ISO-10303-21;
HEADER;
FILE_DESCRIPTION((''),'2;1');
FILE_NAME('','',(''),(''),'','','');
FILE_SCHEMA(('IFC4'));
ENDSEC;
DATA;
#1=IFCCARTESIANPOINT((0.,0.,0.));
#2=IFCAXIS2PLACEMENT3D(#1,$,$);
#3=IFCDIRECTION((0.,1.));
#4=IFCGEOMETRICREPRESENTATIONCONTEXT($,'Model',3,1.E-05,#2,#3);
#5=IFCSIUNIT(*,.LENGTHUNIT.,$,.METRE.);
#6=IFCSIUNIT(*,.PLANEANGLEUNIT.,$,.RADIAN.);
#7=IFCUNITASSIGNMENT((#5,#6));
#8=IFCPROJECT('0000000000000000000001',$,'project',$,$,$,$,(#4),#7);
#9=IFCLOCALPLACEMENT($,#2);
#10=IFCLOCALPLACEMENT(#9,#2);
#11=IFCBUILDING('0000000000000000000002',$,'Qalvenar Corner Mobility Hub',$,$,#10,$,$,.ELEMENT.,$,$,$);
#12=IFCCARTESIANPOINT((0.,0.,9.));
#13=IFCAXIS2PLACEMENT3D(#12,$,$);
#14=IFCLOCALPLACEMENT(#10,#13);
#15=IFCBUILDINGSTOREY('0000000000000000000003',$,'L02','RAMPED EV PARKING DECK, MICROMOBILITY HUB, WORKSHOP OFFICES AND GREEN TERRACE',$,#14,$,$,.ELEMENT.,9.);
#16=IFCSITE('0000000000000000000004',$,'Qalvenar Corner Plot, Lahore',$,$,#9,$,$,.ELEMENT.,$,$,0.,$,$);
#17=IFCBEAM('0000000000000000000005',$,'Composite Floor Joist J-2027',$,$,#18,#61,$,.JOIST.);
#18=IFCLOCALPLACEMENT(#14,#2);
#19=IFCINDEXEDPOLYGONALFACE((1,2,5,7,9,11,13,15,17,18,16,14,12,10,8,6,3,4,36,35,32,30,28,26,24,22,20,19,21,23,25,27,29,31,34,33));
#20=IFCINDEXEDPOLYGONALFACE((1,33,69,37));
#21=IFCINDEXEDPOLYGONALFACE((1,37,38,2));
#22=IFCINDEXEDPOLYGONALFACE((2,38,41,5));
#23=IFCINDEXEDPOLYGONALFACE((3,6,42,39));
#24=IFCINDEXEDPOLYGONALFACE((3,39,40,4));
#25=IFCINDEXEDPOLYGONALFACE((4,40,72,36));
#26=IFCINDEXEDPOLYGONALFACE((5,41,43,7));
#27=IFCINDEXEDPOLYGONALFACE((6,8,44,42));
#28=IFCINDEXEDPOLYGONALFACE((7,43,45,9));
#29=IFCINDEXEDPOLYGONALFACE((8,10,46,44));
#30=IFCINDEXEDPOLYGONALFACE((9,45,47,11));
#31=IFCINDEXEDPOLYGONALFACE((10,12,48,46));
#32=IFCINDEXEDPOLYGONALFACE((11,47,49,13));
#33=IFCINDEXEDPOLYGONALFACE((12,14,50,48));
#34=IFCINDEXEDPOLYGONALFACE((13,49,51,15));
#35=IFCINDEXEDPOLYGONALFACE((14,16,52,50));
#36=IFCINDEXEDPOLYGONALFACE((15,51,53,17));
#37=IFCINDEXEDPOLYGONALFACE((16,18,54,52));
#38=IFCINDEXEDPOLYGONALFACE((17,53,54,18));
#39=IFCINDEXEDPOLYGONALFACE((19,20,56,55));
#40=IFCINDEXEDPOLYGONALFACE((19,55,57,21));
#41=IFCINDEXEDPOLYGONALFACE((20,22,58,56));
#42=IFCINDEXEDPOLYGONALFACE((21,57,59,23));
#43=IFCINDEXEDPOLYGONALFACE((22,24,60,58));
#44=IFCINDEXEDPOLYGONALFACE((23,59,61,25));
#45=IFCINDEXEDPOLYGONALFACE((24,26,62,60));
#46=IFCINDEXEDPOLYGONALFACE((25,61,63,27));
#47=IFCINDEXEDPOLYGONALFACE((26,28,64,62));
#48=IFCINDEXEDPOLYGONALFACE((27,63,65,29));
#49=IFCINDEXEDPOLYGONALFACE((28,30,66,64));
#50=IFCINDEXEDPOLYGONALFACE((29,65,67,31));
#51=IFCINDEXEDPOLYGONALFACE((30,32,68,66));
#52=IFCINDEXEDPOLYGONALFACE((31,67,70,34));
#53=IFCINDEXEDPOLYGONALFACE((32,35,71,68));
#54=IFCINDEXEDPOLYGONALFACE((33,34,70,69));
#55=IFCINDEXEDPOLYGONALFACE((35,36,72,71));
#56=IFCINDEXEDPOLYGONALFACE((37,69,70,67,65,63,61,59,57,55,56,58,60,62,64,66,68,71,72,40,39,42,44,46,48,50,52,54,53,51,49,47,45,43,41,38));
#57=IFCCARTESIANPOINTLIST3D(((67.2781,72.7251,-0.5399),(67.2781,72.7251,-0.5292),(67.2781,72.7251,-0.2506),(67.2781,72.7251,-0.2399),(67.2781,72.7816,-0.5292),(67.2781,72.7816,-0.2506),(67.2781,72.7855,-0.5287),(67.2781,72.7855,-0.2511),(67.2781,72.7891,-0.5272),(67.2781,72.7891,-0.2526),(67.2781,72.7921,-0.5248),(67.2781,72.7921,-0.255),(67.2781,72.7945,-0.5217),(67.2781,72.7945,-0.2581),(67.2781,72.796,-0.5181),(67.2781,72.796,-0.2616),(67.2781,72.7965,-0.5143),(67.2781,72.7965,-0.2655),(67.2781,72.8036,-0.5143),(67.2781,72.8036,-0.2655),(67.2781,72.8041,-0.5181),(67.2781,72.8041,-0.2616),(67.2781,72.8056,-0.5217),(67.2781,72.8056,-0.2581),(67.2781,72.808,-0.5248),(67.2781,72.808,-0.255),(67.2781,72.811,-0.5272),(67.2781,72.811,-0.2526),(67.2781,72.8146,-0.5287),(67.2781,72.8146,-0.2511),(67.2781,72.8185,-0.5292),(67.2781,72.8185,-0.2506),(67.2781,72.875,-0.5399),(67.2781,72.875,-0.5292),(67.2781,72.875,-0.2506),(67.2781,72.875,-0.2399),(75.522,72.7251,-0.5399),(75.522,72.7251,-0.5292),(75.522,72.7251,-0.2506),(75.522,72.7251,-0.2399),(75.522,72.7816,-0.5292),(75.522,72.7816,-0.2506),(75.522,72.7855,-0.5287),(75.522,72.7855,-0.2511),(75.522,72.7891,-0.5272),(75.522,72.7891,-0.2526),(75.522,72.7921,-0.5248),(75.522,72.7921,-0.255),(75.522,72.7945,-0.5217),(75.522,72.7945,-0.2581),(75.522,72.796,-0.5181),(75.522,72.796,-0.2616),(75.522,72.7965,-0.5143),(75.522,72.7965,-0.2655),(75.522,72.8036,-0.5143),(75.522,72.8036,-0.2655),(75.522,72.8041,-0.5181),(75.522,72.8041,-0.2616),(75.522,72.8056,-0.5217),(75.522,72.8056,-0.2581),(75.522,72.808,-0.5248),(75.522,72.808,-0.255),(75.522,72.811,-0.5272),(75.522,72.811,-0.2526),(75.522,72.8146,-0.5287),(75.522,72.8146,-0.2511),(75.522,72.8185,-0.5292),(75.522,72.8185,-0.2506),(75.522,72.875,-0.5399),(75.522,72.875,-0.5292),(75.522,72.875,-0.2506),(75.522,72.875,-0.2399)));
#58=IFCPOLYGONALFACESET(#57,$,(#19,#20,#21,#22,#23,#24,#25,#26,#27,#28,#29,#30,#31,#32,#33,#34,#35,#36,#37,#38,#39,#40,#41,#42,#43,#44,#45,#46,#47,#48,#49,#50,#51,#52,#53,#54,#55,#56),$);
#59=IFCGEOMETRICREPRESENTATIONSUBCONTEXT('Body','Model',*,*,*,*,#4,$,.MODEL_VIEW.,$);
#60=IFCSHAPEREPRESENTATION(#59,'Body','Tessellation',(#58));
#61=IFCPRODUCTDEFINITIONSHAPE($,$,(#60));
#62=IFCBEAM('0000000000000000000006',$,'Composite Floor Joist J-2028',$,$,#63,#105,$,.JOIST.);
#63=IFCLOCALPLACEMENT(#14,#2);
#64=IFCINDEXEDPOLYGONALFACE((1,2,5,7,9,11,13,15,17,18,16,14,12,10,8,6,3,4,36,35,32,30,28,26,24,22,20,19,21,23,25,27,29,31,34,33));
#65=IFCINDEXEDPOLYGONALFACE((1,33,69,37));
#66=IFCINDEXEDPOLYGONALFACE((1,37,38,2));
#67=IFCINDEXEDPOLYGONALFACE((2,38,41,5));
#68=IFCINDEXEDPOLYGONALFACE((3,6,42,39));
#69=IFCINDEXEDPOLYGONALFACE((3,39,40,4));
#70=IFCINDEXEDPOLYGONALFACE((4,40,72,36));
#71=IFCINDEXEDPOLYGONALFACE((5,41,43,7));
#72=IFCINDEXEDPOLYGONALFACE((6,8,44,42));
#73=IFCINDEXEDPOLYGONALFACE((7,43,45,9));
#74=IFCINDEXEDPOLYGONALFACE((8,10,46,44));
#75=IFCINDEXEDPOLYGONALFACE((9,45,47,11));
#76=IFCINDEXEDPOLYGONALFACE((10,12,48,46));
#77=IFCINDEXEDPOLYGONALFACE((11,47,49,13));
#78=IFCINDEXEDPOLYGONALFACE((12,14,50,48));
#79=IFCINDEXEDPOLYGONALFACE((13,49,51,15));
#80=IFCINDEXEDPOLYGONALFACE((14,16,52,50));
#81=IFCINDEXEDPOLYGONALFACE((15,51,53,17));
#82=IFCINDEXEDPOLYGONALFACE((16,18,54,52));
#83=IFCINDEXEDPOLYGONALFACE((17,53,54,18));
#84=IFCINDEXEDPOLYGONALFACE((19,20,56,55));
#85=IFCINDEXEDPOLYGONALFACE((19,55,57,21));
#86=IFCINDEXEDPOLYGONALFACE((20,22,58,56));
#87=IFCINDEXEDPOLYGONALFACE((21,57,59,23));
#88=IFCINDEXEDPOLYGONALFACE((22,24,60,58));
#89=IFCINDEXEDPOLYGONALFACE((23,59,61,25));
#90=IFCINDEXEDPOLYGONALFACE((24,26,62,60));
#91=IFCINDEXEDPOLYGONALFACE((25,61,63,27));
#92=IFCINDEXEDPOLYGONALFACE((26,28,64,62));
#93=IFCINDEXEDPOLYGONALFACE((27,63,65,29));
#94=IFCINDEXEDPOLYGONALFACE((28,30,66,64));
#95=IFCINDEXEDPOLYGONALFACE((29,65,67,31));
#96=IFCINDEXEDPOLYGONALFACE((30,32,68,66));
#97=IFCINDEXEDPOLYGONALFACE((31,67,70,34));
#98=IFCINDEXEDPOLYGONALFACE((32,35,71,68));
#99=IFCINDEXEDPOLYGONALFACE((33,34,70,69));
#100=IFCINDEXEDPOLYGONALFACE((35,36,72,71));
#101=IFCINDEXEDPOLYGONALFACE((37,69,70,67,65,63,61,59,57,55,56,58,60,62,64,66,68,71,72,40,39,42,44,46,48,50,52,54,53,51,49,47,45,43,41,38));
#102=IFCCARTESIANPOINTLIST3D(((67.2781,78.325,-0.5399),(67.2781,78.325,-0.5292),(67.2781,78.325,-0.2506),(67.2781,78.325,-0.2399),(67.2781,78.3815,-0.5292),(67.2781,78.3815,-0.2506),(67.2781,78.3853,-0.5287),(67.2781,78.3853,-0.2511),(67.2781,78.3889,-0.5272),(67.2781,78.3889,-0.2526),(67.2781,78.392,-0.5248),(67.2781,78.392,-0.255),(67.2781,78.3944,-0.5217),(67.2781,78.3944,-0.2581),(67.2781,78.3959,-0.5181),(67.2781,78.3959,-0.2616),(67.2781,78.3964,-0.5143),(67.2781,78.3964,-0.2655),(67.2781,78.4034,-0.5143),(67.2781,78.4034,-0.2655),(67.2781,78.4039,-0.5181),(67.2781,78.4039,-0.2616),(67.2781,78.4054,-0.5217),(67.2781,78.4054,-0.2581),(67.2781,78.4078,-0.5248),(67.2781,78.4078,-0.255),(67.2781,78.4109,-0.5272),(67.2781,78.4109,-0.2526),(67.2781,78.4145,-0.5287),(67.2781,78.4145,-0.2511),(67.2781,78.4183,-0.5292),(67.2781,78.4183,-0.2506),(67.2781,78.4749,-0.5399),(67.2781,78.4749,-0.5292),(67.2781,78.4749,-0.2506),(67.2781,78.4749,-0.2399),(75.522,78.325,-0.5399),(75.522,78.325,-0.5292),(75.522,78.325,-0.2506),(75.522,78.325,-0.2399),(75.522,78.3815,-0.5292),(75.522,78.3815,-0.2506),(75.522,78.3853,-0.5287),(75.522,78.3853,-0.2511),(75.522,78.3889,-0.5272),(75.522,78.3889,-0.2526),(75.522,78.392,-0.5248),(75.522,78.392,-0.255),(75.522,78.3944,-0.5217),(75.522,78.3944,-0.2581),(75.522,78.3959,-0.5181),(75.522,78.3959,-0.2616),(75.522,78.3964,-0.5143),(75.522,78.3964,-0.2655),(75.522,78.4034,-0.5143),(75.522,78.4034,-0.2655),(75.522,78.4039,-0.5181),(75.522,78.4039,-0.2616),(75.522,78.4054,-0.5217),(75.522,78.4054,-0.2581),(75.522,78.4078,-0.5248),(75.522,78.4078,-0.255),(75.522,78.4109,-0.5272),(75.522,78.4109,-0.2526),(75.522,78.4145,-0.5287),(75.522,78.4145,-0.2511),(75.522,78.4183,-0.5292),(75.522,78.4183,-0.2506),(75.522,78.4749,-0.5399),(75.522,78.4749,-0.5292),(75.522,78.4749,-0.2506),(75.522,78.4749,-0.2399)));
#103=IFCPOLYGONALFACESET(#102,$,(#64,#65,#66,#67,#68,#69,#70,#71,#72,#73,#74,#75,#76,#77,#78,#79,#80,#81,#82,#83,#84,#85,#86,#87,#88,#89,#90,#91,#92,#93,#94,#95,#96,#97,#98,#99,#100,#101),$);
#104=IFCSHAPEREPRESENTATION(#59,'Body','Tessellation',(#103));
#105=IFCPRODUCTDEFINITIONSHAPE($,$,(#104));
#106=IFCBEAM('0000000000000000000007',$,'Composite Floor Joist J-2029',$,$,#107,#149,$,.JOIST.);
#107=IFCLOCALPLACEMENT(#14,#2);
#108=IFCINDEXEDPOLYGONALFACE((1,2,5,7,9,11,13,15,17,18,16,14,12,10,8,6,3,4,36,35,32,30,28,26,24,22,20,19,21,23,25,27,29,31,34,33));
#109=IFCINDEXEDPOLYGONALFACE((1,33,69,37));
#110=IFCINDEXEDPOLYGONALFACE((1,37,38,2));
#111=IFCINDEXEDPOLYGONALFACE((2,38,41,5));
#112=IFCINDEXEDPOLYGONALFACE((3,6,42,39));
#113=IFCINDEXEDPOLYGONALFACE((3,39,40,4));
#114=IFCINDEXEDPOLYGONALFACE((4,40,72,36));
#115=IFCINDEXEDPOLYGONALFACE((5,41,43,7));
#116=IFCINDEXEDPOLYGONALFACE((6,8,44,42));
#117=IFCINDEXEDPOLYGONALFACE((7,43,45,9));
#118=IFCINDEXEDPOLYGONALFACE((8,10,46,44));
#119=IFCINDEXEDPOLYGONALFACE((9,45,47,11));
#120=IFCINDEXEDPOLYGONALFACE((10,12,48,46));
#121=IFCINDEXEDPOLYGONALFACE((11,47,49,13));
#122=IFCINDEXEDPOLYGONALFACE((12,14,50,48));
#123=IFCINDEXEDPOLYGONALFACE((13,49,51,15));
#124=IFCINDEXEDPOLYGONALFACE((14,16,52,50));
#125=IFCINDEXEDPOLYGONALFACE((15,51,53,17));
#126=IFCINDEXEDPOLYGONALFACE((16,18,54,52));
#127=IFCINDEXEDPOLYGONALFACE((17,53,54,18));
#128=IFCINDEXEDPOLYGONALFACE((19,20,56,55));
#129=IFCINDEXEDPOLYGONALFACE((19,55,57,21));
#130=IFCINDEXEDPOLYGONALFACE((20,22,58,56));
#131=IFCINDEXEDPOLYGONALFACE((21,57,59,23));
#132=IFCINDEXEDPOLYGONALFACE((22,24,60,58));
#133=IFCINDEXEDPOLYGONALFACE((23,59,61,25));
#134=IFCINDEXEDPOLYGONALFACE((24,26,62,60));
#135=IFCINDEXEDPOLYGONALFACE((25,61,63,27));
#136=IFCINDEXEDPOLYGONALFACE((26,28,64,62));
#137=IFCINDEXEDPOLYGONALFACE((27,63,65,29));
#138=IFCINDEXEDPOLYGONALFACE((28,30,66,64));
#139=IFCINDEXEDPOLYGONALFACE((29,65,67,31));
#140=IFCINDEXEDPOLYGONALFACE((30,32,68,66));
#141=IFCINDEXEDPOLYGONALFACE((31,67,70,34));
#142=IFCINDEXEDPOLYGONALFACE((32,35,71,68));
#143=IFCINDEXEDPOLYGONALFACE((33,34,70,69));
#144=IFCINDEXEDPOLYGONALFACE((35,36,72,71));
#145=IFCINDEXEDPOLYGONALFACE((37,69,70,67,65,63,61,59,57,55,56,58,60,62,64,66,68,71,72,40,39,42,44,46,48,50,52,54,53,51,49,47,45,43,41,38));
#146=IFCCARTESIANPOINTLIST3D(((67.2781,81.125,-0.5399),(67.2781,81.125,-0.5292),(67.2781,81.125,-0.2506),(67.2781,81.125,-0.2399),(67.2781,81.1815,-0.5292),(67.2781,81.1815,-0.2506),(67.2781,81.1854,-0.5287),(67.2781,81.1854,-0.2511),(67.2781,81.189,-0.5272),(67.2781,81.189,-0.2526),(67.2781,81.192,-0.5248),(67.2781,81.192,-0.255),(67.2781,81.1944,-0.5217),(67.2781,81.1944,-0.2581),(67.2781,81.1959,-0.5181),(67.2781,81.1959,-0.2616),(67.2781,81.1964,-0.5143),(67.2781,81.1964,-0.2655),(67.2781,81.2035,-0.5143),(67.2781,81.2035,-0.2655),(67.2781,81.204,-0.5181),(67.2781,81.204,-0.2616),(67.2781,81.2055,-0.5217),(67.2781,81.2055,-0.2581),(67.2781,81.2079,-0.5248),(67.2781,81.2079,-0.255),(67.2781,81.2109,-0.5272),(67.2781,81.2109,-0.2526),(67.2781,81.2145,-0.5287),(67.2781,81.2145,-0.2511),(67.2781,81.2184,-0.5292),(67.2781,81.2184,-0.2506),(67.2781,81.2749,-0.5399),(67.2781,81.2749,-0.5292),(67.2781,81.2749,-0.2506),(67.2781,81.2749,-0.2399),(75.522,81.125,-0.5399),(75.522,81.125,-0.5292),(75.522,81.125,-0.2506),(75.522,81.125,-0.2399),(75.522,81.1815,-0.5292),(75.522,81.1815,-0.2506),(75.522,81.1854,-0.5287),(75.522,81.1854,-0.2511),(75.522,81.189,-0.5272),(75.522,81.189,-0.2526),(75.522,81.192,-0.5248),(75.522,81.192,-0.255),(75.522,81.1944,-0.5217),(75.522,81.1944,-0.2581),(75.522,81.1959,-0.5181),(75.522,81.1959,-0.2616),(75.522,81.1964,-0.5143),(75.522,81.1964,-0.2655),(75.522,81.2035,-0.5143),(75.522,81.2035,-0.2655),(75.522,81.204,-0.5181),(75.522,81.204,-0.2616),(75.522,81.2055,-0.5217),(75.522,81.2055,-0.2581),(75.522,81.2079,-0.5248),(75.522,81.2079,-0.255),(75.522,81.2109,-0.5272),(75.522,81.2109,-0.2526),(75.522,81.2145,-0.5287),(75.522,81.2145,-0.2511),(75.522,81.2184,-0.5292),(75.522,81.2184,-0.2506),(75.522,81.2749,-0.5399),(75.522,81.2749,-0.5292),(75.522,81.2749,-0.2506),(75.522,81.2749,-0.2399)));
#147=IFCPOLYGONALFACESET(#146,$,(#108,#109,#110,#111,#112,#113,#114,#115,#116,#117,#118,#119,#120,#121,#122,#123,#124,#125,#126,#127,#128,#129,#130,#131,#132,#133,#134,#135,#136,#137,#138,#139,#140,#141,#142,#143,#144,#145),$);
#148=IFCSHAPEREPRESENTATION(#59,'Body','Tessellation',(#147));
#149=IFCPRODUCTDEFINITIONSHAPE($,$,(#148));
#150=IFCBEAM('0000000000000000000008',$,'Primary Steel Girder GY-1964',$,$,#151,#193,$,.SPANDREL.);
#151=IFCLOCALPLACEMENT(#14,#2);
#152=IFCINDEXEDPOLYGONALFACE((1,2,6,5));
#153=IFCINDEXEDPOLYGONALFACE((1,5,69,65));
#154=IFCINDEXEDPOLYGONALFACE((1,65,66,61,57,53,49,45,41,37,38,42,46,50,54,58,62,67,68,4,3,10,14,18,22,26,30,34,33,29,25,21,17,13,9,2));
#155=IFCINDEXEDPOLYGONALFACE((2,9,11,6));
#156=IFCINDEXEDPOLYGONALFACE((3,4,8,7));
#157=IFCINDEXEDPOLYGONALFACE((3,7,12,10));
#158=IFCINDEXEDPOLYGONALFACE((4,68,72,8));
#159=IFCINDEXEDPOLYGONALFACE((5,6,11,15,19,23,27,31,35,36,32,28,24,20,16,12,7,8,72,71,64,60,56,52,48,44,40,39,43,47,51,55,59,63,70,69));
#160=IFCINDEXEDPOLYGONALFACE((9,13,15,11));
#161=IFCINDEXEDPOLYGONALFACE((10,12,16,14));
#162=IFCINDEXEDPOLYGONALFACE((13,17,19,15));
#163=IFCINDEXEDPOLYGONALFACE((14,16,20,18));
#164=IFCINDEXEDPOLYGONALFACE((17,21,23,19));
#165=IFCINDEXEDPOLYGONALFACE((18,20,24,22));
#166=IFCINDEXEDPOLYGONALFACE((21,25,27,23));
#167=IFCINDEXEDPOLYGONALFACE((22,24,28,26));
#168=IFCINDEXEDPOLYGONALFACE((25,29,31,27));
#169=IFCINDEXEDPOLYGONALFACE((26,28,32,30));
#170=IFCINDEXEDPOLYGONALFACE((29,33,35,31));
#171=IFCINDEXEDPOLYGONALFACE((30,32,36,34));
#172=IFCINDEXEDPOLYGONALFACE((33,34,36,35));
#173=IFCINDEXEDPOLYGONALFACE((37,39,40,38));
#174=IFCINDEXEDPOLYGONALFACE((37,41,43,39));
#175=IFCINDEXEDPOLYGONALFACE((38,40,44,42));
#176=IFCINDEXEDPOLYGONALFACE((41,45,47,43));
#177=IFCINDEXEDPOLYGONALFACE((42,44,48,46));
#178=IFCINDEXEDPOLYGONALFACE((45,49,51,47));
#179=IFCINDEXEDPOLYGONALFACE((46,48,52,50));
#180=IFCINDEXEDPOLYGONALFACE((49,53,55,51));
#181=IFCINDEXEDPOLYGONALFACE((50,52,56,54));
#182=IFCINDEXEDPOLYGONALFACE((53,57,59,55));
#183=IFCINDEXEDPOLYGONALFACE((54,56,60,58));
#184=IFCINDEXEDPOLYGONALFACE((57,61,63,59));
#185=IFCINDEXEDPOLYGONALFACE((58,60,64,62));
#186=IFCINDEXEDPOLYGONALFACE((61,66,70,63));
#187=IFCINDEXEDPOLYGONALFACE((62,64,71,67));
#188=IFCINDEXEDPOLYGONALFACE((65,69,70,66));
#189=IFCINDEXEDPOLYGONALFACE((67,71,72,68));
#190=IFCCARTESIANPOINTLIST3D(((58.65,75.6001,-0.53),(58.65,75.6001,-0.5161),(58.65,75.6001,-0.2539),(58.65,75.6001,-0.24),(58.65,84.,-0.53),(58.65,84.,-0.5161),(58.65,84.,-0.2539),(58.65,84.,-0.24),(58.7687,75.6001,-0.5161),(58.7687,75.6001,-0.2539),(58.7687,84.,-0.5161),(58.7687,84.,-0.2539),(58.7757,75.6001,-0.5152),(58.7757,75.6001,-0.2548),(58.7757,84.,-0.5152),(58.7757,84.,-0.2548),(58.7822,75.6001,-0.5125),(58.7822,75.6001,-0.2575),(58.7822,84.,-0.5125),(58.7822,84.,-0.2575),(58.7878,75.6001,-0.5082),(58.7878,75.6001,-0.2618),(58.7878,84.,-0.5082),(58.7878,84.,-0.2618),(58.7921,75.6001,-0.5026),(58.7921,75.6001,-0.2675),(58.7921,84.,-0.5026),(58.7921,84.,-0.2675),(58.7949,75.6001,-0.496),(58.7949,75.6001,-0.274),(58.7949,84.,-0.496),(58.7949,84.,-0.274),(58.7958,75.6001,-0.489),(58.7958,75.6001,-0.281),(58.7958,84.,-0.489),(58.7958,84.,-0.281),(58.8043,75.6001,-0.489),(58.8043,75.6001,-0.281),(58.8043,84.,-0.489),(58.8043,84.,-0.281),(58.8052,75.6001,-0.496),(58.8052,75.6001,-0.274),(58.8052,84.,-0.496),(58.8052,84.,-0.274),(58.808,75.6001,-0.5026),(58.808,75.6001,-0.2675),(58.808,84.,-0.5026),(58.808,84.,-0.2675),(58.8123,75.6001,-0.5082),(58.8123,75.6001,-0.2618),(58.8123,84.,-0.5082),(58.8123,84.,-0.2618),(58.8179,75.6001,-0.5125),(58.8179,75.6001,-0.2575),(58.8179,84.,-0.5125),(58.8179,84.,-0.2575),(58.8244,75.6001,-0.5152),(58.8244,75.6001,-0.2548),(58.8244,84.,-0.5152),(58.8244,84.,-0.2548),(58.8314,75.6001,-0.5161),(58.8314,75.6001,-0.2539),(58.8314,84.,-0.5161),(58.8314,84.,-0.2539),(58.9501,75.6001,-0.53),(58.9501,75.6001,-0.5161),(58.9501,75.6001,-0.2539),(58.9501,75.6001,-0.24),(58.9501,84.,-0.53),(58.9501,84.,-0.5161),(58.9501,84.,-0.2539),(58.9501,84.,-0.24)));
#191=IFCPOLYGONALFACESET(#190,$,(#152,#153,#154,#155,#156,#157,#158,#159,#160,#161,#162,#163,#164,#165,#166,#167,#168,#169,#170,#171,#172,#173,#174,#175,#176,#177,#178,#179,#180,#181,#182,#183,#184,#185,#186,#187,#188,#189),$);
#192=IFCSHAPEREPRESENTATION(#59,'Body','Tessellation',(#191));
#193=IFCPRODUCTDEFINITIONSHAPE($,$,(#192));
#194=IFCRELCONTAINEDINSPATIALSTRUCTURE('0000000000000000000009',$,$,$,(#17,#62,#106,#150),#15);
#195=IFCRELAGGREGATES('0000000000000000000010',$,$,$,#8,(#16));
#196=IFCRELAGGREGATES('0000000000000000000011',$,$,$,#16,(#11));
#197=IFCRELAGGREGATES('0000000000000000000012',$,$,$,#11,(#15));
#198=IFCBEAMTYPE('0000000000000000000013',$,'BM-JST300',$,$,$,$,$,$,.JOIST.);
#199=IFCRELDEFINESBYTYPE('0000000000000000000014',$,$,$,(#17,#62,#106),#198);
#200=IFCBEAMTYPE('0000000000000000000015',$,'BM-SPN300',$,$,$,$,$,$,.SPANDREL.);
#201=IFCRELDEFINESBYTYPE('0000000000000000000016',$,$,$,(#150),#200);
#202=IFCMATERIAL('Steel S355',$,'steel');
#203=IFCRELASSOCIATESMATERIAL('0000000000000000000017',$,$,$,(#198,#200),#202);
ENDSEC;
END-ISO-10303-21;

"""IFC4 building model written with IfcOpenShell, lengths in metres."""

from ifc_helpers import new_model, si_unit, direction, frame, origin, origin_2d, place, context, subcontext, project, spatial, i_section, extrude, material, material_profile, profile_set, type_object, element, save


model = new_model("IFC4")

# Units and contexts
model_context = context("Model", 3, precision=1e-05, world=origin(), true_north=direction((0.0, 1.0)))
body_context = subcontext(model_context, "Body", "Model", "MODEL_VIEW")
ifc_project = project(units=[si_unit("LENGTHUNIT", "METRE"), si_unit("PLANEANGLEUNIT", "RADIAN")], contexts=[model_context])

# Site, building, storey
site_placement = place(None, origin())
site = spatial("IfcSite", under=ifc_project, at=site_placement, Name="Qalvenar Corner Plot, Lahore", CompositionType="ELEMENT", RefElevation=0.0)
building_placement = place(site_placement, origin())
building = spatial("IfcBuilding", under=site, at=building_placement, Name="Qalvenar Corner Mobility Hub", CompositionType="ELEMENT")
storey_placement = place(building_placement, frame((0.0, 0.0, 9.0)))
storey = spatial("IfcBuildingStorey", under=building, at=storey_placement, Name="L02", Description="RAMPED EV PARKING DECK, MICROMOBILITY HUB, WORKSHOP OFFICES AND GREEN TERRACE", CompositionType="ELEMENT", Elevation=9.0)

# Shared definitions
ifc_material_1 = material(Name="Steel S355", Category="steel")

# Beams
ifc_material_profile_1 = material_profile(ifc_material_1, i_section(OverallWidth=0.1499, OverallDepth=0.3, WebThickness=0.0071, FlangeThickness=0.0107, FilletRadius=0.0149, at=origin_2d()), Name="IPE300")
ifc_profile_set_1 = profile_set([ifc_material_profile_1], Name="Steel S355")
beam_type_1 = type_object("IfcBeamType", Name="BM-JST300", PredefinedType="JOIST", material=ifc_profile_set_1)
for number, where, z_axis, x_axis, name in (
    (1, (67.2781, 72.8, -0.3899), (1.0, 0.0, 0.0), (0.0, 1.0, 0.0), "Composite Floor Joist J-2027"),
    (2, (67.2781, 78.3999, -0.3899), (1.0, 0.0, 0.0), (0.0, 1.0, 0.0), "Composite Floor Joist J-2028"),
    (3, (67.2781, 81.2, -0.3899), (1.0, 0.0, 0.0), (0.0, 1.0, 0.0), "Composite Floor Joist J-2029"),
):
    element("IfcBeam", number, at=place(storey_placement, frame(where, z_axis=z_axis, x_axis=x_axis)), inside=storey, type_object=beam_type_1, Name=name, PredefinedType="JOIST", context=body_context, shape_type="SweptSolid", body=[
        extrude(i_section(OverallWidth=0.1499, OverallDepth=0.3, WebThickness=0.0071, FlangeThickness=0.0107, FilletRadius=0.0149, at=origin_2d()), origin(), (0.0, 0.0, 1.0), 8.2439),
    ])
ifc_material_profile_2 = material_profile(ifc_material_1, i_section(OverallWidth=0.3, OverallDepth=0.29, WebThickness=0.0085, FlangeThickness=0.0139, FilletRadius=0.0271, at=origin_2d()), Name="HEA300")
ifc_profile_set_2 = profile_set([ifc_material_profile_2], Name="Steel S355")
beam_type_2 = type_object("IfcBeamType", Name="BM-SPN300", PredefinedType="SPANDREL", material=ifc_profile_set_2)
beam_1_placement = place(storey_placement, frame((58.8, 75.6001, -0.385), z_axis=(0.0, 1.0, 0.0), x_axis=(-1.0, 0.0, 0.0)))
element("IfcBeam", 4, at=beam_1_placement, inside=storey, type_object=beam_type_2, Name="Primary Steel Girder GY-1964", PredefinedType="SPANDREL", context=body_context, shape_type="SweptSolid", body=[
    extrude(i_section(OverallWidth=0.3, OverallDepth=0.29, WebThickness=0.0085, FlangeThickness=0.0139, FilletRadius=0.0271, at=origin_2d()), origin(), (0.0, 0.0, 1.0), 8.3999),
])

save(model, "model.ifc")
